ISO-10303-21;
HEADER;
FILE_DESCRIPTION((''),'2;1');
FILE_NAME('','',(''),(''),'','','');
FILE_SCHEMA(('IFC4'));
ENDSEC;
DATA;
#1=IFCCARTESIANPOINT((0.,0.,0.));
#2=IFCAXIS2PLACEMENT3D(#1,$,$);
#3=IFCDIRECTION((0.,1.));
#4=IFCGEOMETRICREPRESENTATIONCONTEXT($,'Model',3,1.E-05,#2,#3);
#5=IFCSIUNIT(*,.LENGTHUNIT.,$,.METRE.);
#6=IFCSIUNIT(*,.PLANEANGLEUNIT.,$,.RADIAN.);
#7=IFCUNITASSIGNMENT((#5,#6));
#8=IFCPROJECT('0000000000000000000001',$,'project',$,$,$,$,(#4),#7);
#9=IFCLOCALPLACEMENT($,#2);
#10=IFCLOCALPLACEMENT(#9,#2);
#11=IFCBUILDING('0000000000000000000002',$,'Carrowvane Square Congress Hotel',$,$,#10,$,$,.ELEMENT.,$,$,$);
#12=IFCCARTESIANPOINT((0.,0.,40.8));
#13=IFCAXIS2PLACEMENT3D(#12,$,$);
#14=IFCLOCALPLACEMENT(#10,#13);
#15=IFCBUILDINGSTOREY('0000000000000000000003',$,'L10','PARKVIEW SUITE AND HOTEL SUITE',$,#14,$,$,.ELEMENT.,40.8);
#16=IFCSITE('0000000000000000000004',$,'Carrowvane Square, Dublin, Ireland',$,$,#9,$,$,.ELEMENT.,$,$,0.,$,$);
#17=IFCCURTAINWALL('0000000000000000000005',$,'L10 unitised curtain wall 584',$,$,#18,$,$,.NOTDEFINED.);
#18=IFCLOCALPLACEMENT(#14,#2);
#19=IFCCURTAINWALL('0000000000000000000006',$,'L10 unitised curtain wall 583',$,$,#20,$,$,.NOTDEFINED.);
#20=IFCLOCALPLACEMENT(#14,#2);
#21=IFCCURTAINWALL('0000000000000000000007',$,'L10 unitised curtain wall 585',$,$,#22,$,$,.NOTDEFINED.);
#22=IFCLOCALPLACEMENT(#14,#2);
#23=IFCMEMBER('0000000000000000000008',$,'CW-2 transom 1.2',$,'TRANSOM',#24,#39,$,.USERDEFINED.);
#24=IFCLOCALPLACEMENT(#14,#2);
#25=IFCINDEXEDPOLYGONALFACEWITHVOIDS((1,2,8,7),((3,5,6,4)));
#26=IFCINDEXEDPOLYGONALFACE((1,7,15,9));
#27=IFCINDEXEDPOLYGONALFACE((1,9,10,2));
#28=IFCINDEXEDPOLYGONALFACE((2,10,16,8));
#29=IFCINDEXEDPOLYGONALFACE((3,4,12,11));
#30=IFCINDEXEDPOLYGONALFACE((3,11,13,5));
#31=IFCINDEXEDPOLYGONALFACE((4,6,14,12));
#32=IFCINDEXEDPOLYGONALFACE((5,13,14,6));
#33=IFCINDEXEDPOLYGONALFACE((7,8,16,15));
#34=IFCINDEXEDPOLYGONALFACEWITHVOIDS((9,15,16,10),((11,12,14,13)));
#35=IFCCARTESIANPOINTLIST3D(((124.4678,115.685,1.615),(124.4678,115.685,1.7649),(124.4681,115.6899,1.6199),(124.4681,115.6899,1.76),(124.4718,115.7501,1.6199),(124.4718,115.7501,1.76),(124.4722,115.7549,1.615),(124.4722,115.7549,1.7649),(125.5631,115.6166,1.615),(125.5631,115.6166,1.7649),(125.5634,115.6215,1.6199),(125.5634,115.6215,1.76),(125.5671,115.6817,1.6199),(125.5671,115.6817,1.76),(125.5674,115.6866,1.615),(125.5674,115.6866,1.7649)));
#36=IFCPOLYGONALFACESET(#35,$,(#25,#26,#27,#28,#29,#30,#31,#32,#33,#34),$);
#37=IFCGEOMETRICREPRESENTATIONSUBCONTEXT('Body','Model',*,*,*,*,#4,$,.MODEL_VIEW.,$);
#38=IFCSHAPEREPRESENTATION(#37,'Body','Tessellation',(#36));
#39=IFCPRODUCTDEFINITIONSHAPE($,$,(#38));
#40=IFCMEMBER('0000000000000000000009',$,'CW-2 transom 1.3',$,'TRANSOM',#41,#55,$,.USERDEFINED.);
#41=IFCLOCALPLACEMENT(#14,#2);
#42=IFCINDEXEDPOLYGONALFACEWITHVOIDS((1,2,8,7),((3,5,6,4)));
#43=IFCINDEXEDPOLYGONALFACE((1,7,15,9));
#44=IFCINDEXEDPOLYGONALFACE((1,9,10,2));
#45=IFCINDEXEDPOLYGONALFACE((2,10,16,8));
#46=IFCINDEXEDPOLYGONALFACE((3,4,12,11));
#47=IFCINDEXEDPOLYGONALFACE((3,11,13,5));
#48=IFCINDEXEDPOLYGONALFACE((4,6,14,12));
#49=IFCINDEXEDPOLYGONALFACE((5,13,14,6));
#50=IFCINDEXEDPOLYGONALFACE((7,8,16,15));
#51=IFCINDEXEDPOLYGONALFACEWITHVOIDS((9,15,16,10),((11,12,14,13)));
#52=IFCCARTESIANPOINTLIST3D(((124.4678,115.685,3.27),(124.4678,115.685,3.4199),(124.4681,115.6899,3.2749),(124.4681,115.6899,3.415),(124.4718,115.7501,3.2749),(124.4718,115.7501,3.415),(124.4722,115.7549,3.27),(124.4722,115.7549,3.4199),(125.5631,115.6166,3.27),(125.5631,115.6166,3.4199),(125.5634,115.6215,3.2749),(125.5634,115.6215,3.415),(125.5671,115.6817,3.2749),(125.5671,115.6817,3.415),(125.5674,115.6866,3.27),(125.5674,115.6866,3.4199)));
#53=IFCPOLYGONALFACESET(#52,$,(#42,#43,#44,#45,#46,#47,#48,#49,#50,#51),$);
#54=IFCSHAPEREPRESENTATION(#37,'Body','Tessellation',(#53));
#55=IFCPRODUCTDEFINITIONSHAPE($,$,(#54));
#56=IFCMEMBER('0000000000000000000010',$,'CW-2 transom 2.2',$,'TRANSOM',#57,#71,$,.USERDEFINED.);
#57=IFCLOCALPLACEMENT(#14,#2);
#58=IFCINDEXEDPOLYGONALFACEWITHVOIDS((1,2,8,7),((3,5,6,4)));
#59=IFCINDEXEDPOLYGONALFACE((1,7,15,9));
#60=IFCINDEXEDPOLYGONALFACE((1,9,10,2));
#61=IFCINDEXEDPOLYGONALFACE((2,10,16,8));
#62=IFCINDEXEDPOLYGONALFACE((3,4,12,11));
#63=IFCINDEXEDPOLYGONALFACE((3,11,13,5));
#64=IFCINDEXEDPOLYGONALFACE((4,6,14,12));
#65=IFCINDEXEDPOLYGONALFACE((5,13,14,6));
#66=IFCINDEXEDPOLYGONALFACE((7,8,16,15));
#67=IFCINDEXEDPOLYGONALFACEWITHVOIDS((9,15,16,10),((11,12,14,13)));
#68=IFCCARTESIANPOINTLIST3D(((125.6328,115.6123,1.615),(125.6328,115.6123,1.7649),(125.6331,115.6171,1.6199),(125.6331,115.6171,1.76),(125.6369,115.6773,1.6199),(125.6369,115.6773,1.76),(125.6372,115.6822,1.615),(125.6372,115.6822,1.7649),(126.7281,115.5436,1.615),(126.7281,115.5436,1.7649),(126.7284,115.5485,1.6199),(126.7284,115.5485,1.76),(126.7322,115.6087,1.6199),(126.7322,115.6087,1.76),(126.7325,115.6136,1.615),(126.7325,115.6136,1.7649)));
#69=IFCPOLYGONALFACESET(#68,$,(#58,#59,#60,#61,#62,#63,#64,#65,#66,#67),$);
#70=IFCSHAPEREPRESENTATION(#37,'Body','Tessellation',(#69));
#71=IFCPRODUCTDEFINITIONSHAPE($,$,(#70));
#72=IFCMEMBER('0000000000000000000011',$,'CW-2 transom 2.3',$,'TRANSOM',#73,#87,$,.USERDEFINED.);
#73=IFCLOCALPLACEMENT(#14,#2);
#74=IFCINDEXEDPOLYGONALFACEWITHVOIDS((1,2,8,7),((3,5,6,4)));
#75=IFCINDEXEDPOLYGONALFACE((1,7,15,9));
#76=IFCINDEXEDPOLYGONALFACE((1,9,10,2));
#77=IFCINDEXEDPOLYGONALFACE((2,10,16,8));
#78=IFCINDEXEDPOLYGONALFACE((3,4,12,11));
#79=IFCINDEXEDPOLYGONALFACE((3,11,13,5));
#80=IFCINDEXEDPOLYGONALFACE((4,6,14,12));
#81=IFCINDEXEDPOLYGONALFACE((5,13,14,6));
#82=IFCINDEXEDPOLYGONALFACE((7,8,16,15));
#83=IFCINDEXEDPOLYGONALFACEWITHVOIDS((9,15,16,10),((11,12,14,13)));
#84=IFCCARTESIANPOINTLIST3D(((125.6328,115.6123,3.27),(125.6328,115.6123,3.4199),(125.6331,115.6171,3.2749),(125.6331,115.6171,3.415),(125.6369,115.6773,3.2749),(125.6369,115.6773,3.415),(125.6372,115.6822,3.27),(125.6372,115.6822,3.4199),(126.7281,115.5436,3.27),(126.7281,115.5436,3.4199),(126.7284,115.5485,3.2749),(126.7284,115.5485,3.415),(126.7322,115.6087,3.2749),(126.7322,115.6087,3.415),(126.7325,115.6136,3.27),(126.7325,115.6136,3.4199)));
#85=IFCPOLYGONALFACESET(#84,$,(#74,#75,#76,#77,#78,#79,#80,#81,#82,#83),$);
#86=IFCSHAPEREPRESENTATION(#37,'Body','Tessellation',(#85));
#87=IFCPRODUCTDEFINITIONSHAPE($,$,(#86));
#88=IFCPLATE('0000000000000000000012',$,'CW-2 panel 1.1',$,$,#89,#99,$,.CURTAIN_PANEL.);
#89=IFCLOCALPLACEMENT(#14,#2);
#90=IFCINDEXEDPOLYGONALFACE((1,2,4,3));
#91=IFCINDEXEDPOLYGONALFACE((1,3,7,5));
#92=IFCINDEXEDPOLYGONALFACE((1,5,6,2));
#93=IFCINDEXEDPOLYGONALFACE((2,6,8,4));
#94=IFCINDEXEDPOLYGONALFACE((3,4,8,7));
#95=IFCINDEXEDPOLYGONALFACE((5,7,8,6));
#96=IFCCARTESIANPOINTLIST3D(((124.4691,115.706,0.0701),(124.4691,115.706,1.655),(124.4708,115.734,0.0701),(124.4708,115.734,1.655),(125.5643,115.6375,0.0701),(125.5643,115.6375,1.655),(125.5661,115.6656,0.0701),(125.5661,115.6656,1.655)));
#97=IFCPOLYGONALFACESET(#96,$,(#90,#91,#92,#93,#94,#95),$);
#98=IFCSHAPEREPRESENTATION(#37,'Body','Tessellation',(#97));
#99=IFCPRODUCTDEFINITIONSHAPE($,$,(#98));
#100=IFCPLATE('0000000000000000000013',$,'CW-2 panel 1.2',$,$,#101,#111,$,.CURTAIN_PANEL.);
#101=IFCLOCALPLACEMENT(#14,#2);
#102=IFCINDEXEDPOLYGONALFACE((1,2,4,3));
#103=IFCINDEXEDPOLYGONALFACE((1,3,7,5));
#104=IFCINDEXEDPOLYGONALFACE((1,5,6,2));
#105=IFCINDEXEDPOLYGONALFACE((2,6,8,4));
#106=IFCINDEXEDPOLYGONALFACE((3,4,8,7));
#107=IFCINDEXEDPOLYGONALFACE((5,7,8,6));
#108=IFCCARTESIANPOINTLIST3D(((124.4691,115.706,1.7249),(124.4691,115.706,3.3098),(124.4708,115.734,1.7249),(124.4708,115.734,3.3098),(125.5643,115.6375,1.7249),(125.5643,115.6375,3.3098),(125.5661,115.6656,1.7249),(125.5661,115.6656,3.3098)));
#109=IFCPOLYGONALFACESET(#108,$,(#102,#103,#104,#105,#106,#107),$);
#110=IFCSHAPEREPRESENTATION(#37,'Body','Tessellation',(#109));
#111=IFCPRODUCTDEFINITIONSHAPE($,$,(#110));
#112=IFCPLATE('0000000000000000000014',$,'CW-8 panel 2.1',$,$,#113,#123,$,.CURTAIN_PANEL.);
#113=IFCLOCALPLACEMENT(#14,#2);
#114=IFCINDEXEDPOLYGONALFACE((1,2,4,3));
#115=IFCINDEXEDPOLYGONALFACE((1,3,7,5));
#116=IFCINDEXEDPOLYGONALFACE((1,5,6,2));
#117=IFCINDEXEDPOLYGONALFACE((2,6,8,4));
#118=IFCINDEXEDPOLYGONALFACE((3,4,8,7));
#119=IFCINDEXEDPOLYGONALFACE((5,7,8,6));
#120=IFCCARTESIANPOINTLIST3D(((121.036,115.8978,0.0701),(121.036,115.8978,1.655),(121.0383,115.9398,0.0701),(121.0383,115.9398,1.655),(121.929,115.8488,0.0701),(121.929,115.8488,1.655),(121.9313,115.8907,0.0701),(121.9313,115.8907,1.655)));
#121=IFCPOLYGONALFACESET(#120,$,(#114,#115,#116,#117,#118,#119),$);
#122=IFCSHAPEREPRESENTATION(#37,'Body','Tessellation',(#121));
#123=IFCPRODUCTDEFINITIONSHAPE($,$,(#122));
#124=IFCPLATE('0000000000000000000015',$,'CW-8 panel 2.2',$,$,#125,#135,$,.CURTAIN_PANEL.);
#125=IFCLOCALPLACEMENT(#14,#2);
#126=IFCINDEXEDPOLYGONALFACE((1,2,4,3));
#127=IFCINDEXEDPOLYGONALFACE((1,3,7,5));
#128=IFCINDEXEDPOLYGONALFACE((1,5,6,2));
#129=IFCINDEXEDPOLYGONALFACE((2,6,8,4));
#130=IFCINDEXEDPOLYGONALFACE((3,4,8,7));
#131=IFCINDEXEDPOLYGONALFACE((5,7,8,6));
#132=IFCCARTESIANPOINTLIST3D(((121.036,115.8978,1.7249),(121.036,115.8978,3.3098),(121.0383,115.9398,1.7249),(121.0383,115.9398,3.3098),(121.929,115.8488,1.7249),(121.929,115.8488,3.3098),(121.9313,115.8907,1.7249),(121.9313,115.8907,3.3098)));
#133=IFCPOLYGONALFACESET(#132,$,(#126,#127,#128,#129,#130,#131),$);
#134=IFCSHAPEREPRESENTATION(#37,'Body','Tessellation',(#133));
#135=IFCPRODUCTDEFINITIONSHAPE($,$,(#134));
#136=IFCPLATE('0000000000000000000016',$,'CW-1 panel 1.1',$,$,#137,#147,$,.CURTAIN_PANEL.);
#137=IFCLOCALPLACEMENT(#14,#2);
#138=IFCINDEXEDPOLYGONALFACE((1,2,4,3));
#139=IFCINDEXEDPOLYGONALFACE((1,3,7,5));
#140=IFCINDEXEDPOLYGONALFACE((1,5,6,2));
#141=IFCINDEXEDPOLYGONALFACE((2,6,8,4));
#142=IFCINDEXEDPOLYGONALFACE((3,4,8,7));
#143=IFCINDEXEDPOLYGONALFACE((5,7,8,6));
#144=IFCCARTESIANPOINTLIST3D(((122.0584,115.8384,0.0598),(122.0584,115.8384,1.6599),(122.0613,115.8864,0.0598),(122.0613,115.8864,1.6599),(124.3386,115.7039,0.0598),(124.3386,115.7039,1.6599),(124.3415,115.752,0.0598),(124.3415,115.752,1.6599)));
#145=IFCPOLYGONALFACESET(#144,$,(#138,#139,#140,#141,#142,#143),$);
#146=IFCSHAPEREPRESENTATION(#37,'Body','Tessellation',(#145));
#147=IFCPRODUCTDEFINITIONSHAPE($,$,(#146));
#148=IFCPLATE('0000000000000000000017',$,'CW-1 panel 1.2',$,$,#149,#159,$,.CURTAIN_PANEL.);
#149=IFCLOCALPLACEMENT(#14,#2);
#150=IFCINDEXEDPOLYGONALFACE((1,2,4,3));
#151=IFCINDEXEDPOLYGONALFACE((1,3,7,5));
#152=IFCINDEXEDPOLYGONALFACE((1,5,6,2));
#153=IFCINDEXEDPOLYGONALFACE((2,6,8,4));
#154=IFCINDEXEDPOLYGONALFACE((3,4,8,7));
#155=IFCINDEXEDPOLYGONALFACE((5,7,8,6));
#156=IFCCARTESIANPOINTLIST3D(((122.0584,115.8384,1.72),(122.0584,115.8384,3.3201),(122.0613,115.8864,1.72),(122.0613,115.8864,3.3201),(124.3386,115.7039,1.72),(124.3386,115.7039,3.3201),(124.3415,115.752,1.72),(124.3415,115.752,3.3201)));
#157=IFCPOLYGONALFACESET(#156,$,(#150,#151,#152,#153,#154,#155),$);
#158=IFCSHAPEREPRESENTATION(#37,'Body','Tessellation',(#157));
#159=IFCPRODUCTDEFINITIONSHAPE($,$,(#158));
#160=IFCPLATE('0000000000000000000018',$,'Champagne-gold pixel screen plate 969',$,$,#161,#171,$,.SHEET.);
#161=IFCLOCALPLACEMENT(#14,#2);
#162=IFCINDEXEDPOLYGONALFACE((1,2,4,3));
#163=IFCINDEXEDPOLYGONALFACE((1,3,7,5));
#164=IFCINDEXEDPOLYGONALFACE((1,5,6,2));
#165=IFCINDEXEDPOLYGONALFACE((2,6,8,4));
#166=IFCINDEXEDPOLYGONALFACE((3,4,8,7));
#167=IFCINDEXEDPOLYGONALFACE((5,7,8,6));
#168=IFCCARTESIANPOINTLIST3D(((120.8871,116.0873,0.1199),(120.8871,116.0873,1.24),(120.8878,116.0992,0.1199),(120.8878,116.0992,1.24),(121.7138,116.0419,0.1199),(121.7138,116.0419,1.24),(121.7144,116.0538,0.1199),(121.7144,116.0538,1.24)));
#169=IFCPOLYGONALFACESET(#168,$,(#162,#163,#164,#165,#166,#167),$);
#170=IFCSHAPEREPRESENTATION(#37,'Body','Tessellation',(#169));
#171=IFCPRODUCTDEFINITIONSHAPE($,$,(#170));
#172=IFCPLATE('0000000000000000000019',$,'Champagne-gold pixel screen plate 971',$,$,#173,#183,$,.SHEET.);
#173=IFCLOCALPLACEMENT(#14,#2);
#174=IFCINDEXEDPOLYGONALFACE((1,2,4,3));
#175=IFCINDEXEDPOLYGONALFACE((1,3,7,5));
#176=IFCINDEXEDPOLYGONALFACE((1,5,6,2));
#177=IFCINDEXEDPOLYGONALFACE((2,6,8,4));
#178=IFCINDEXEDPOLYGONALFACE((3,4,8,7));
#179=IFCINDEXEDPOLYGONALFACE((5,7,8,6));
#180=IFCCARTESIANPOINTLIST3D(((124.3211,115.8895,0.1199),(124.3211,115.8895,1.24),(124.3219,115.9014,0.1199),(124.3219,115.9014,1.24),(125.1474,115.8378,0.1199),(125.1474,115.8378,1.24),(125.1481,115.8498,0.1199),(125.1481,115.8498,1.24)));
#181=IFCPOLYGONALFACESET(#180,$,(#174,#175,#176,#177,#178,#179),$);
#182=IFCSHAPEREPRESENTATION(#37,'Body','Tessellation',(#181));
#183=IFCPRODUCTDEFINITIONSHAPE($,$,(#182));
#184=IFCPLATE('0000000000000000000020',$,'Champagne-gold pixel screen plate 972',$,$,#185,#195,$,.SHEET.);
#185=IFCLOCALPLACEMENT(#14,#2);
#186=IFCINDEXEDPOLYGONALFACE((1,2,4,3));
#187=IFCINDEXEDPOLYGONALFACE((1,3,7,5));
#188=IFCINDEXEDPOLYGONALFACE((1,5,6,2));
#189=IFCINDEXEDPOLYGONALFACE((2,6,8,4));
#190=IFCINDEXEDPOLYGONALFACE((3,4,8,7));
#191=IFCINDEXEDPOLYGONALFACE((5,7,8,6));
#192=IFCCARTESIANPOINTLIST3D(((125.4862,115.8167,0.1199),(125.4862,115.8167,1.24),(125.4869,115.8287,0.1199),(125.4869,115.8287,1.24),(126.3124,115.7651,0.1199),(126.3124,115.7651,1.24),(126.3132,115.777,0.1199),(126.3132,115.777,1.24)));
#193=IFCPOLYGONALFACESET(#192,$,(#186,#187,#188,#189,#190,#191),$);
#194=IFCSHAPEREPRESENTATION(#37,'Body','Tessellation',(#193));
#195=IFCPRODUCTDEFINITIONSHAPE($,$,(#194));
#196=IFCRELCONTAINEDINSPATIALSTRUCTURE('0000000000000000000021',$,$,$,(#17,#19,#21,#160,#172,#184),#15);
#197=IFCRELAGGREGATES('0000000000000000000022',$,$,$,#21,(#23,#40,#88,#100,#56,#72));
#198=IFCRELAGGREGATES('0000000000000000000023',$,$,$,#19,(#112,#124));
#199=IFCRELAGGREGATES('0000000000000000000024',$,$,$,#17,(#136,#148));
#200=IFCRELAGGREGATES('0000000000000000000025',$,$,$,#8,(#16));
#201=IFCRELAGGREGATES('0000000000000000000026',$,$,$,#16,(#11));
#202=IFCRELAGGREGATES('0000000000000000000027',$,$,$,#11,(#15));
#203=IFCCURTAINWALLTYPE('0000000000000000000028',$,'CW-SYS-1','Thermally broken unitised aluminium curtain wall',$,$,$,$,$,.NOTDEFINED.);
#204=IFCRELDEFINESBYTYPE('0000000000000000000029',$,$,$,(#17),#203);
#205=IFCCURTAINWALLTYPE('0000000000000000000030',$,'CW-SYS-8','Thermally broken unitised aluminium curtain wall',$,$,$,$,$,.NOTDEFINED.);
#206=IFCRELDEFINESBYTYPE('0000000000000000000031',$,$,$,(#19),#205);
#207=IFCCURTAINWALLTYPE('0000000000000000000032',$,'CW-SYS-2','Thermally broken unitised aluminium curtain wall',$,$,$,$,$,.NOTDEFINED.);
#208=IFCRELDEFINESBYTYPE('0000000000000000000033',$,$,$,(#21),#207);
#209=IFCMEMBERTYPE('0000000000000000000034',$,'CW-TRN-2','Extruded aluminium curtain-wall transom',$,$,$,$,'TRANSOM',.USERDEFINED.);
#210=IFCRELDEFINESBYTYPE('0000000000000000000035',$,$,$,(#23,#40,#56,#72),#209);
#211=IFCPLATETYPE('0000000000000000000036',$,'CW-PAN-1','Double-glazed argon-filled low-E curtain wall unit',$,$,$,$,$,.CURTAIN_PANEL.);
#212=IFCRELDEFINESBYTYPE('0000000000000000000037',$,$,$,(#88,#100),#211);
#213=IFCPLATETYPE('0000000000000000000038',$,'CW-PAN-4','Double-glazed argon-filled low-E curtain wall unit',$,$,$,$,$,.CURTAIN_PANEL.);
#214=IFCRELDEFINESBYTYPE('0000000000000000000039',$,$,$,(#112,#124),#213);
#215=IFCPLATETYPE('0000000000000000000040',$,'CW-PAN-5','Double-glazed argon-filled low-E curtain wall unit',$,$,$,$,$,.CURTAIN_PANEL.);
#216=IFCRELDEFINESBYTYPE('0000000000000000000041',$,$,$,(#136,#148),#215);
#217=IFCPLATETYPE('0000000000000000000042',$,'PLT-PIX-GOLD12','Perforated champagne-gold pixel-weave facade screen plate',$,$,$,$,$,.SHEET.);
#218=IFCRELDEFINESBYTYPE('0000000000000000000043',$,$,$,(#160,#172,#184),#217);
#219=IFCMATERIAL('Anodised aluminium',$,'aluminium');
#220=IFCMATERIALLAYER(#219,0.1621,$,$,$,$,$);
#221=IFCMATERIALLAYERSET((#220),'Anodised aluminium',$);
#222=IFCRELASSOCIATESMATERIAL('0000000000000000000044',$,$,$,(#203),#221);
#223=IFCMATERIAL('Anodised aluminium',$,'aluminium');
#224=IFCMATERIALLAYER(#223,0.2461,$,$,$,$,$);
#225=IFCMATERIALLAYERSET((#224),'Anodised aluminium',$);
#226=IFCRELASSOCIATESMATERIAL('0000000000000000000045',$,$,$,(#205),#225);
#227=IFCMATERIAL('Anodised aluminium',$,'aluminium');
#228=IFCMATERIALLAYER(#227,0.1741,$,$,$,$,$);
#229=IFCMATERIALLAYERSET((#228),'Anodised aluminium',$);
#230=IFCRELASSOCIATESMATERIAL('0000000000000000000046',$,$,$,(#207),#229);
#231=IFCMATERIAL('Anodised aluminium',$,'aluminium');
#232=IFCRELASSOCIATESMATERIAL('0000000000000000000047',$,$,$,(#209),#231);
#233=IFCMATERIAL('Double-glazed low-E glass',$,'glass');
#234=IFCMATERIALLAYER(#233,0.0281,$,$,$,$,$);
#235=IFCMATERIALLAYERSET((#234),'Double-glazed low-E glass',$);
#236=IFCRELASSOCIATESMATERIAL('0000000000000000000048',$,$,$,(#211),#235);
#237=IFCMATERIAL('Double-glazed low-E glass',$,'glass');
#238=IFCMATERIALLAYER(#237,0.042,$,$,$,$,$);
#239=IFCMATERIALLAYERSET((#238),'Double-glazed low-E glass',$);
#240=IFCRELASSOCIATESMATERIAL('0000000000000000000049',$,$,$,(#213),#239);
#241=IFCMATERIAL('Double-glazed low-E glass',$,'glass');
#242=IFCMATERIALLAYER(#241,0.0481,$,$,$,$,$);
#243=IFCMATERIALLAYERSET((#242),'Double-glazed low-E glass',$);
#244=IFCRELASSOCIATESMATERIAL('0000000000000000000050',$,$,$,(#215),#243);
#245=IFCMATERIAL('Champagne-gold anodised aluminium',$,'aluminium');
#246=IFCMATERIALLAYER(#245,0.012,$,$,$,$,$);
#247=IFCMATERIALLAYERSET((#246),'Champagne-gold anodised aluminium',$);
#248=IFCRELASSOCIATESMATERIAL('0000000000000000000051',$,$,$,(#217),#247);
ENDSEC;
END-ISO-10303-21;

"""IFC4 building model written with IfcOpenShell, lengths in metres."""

from ifc_helpers import new_model, si_unit, direction, frame, origin, origin_2d, place, context, subcontext, project, spatial, rectangle, hollow_rectangle, extrude, material, layer, layer_set, material_profile, profile_set, type_object, element, aggregate, save


model = new_model("IFC4")

# Units and contexts
model_context = context("Model", 3, precision=1e-05, world=origin(), true_north=direction((0.0, 1.0)))
body_context = subcontext(model_context, "Body", "Model", "MODEL_VIEW")
ifc_project = project(units=[si_unit("LENGTHUNIT", "METRE"), si_unit("PLANEANGLEUNIT", "RADIAN")], contexts=[model_context])

# Site, building, storey
site_placement = place(None, origin())
site = spatial("IfcSite", under=ifc_project, at=site_placement, Name="Carrowvane Square, Dublin, Ireland", CompositionType="ELEMENT", RefElevation=0.0)
building_placement = place(site_placement, origin())
building = spatial("IfcBuilding", under=site, at=building_placement, Name="Carrowvane Square Congress Hotel", CompositionType="ELEMENT")
storey_placement = place(building_placement, frame((0.0, 0.0, 40.8)))
storey = spatial("IfcBuildingStorey", under=building, at=storey_placement, Name="L10", Description="PARKVIEW SUITE AND HOTEL SUITE", CompositionType="ELEMENT", Elevation=40.8)

# Curtain wall
ifc_material_1 = material(Name="Anodised aluminium", Category="aluminium")
ifc_layer_1 = layer(ifc_material_1, 0.1621)
ifc_layer_set_1 = layer_set([ifc_layer_1], Name="Anodised aluminium")
curtain_wall_type_1 = type_object("IfcCurtainWallType", Name="CW-SYS-1", Description="Thermally broken unitised aluminium curtain wall", PredefinedType="NOTDEFINED", material=ifc_layer_set_1)
curtain_wall_1_placement = place(storey_placement, origin())
curtain_wall_1 = element("IfcCurtainWall", 1, at=curtain_wall_1_placement, inside=storey, type_object=curtain_wall_type_1, Name="L10 unitised curtain wall 584", PredefinedType="NOTDEFINED")

# Curtain wall
ifc_material_2 = material(Name="Anodised aluminium", Category="aluminium")
ifc_layer_2 = layer(ifc_material_2, 0.2461)
ifc_layer_set_2 = layer_set([ifc_layer_2], Name="Anodised aluminium")
curtain_wall_type_2 = type_object("IfcCurtainWallType", Name="CW-SYS-8", Description="Thermally broken unitised aluminium curtain wall", PredefinedType="NOTDEFINED", material=ifc_layer_set_2)
curtain_wall_2_placement = place(storey_placement, origin())
curtain_wall_2 = element("IfcCurtainWall", 2, at=curtain_wall_2_placement, inside=storey, type_object=curtain_wall_type_2, Name="L10 unitised curtain wall 583", PredefinedType="NOTDEFINED")

# Curtain wall
ifc_material_3 = material(Name="Anodised aluminium", Category="aluminium")
ifc_layer_3 = layer(ifc_material_3, 0.1741)
ifc_layer_set_3 = layer_set([ifc_layer_3], Name="Anodised aluminium")
curtain_wall_type_3 = type_object("IfcCurtainWallType", Name="CW-SYS-2", Description="Thermally broken unitised aluminium curtain wall", PredefinedType="NOTDEFINED", material=ifc_layer_set_3)
curtain_wall_3_placement = place(storey_placement, origin())
curtain_wall_3 = element("IfcCurtainWall", 3, at=curtain_wall_3_placement, inside=storey, type_object=curtain_wall_type_3, Name="L10 unitised curtain wall 585", PredefinedType="NOTDEFINED")

# Members
ifc_material_4 = material(Name="Anodised aluminium", Category="aluminium")
ifc_material_profile_1 = material_profile(ifc_material_4, hollow_rectangle(XDim=0.0701, YDim=0.1499, WallThickness=0.0049, at=origin_2d()), Name="CW-TR 70x150x5")
ifc_profile_set_1 = profile_set([ifc_material_profile_1], Name="Anodised aluminium")
member_type_1 = type_object("IfcMemberType", Name="CW-TRN-2", Description="Extruded aluminium curtain-wall transom", ElementType="TRANSOM", PredefinedType="USERDEFINED", material=ifc_profile_set_1)
member_1_placement = place(storey_placement, frame((124.47, 115.72, 1.6899), z_axis=(0.998058, -0.062295, 0.0), x_axis=(0.062295, 0.998058, 0.0)))
member_1 = element("IfcMember", 4, at=member_1_placement, type_object=member_type_1, Name="CW-2 transom 1.2", ObjectType="TRANSOM", PredefinedType="USERDEFINED", context=body_context, shape_type="SweptSolid", body=[
    extrude(hollow_rectangle(XDim=0.0701, YDim=0.1499, WallThickness=0.0049, at=origin_2d()), origin(), (0.0, 0.0, 1.0), 1.0974),
])
member_2_placement = place(storey_placement, frame((124.47, 115.72, 3.345), z_axis=(0.998058, -0.062295, 0.0), x_axis=(0.062295, 0.998058, 0.0)))
member_2 = element("IfcMember", 5, at=member_2_placement, type_object=member_type_1, Name="CW-2 transom 1.3", ObjectType="TRANSOM", PredefinedType="USERDEFINED", context=body_context, shape_type="SweptSolid", body=[
    extrude(hollow_rectangle(XDim=0.0701, YDim=0.1499, WallThickness=0.0049, at=origin_2d()), origin(), (0.0, 0.0, 1.0), 1.0974),
])
member_3_placement = place(storey_placement, frame((125.635, 115.6472, 1.6899), z_axis=(0.998044, -0.062517, 0.0), x_axis=(0.062517, 0.998044, 0.0)))
member_3 = element("IfcMember", 6, at=member_3_placement, type_object=member_type_1, Name="CW-2 transom 2.2", ObjectType="TRANSOM", PredefinedType="USERDEFINED", context=body_context, shape_type="SweptSolid", body=[
    extrude(hollow_rectangle(XDim=0.0701, YDim=0.1499, WallThickness=0.0049, at=origin_2d()), origin(), (0.0, 0.0, 1.0), 1.0974),
])
member_4_placement = place(storey_placement, frame((125.635, 115.6472, 3.345), z_axis=(0.998044, -0.062517, 0.0), x_axis=(0.062517, 0.998044, 0.0)))
member_4 = element("IfcMember", 7, at=member_4_placement, type_object=member_type_1, Name="CW-2 transom 2.3", ObjectType="TRANSOM", PredefinedType="USERDEFINED", context=body_context, shape_type="SweptSolid", body=[
    extrude(hollow_rectangle(XDim=0.0701, YDim=0.1499, WallThickness=0.0049, at=origin_2d()), origin(), (0.0, 0.0, 1.0), 1.0974),
])

# Plates
ifc_material_5 = material(Name="Double-glazed low-E glass", Category="glass")
ifc_layer_4 = layer(ifc_material_5, 0.0281)
ifc_layer_set_4 = layer_set([ifc_layer_4], Name="Double-glazed low-E glass")
plate_type_1 = type_object("IfcPlateType", Name="CW-PAN-1", Description="Double-glazed argon-filled low-E curtain wall unit", PredefinedType="CURTAIN_PANEL", material=ifc_layer_set_4)
plate_1_placement = place(storey_placement, frame((125.0176, 115.6858, 0.0701), z_axis=(0.0, 0.0, 1.0), x_axis=(0.998051, -0.062399, 0.0)))
plate_1 = element("IfcPlate", 8, at=plate_1_placement, type_object=plate_type_1, Name="CW-2 panel 1.1", PredefinedType="CURTAIN_PANEL", context=body_context, shape_type="SweptSolid", body=[
    extrude(rectangle(XDim=1.0974, YDim=0.0281, at=origin_2d()), origin(), (0.0, 0.0, 1.0), 1.585),
])
plate_2_placement = place(storey_placement, frame((125.0176, 115.6858, 1.7249), z_axis=(0.0, 0.0, 1.0), x_axis=(0.998051, -0.062399, 0.0)))
plate_2 = element("IfcPlate", 9, at=plate_2_placement, type_object=plate_type_1, Name="CW-2 panel 1.2", PredefinedType="CURTAIN_PANEL", context=body_context, shape_type="SweptSolid", body=[
    extrude(rectangle(XDim=1.0974, YDim=0.0281, at=origin_2d()), origin(), (0.0, 0.0, 1.0), 1.585),
])
aggregate(curtain_wall_3, [member_1, member_2, plate_1, plate_2, member_3, member_4])
ifc_material_6 = material(Name="Double-glazed low-E glass", Category="glass")
ifc_layer_5 = layer(ifc_material_6, 0.042)
ifc_layer_set_5 = layer_set([ifc_layer_5], Name="Double-glazed low-E glass")
plate_type_2 = type_object("IfcPlateType", Name="CW-PAN-4", Description="Double-glazed argon-filled low-E curtain wall unit", PredefinedType="CURTAIN_PANEL", material=ifc_layer_set_5)
plate_3_placement = place(storey_placement, frame((121.4836, 115.8943, 0.0701), z_axis=(0.0, 0.0, 1.0), x_axis=(0.998496, -0.054816, 0.0)))
plate_3 = element("IfcPlate", 10, at=plate_3_placement, type_object=plate_type_2, Name="CW-8 panel 2.1", PredefinedType="CURTAIN_PANEL", context=body_context, shape_type="SweptSolid", body=[
    extrude(rectangle(XDim=0.8943, YDim=0.042, at=origin_2d()), origin(), (0.0, 0.0, 1.0), 1.585),
])
plate_4_placement = place(storey_placement, frame((121.4836, 115.8943, 1.7249), z_axis=(0.0, 0.0, 1.0), x_axis=(0.998496, -0.054816, 0.0)))
plate_4 = element("IfcPlate", 11, at=plate_4_placement, type_object=plate_type_2, Name="CW-8 panel 2.2", PredefinedType="CURTAIN_PANEL", context=body_context, shape_type="SweptSolid", body=[
    extrude(rectangle(XDim=0.8943, YDim=0.042, at=origin_2d()), origin(), (0.0, 0.0, 1.0), 1.585),
])
aggregate(curtain_wall_2, [plate_3, plate_4])
ifc_material_7 = material(Name="Double-glazed low-E glass", Category="glass")
ifc_layer_6 = layer(ifc_material_7, 0.0481)
ifc_layer_set_6 = layer_set([ifc_layer_6], Name="Double-glazed low-E glass")
plate_type_3 = type_object("IfcPlateType", Name="CW-PAN-5", Description="Double-glazed argon-filled low-E curtain wall unit", PredefinedType="CURTAIN_PANEL", material=ifc_layer_set_6)
plate_5_placement = place(storey_placement, frame((123.2, 115.7952, 0.0598), z_axis=(0.0, 0.0, 1.0), x_axis=(0.998267, -0.058851, 0.0)))
plate_5 = element("IfcPlate", 12, at=plate_5_placement, type_object=plate_type_3, Name="CW-1 panel 1.1", PredefinedType="CURTAIN_PANEL", context=body_context, shape_type="SweptSolid", body=[
    extrude(rectangle(XDim=2.2842, YDim=0.0481, at=origin_2d()), origin(), (0.0, 0.0, 1.0), 1.6001),
])
plate_6_placement = place(storey_placement, frame((123.2, 115.7952, 1.72), z_axis=(0.0, 0.0, 1.0), x_axis=(0.998267, -0.058851, 0.0)))
plate_6 = element("IfcPlate", 13, at=plate_6_placement, type_object=plate_type_3, Name="CW-1 panel 1.2", PredefinedType="CURTAIN_PANEL", context=body_context, shape_type="SweptSolid", body=[
    extrude(rectangle(XDim=2.2842, YDim=0.0481, at=origin_2d()), origin(), (0.0, 0.0, 1.0), 1.6001),
])
aggregate(curtain_wall_1, [plate_5, plate_6])

# Plates
ifc_material_8 = material(Name="Champagne-gold anodised aluminium", Category="aluminium")
ifc_layer_7 = layer(ifc_material_8, 0.012)
ifc_layer_set_7 = layer_set([ifc_layer_7], Name="Champagne-gold anodised aluminium")
plate_type_4 = type_object("IfcPlateType", Name="PLT-PIX-GOLD12", Description="Perforated champagne-gold pixel-weave facade screen plate", PredefinedType="SHEET", material=ifc_layer_set_7)
for number, where, z_axis, x_axis, name in (
    (14, (121.3008, 116.0706, 0.1199), (0.0, 0.0, 1.0), (0.998497, -0.054815, 0.0), "Champagne-gold pixel screen plate 969"),
    (15, (124.7346, 115.8696, 0.1199), (0.0, 0.0, 1.0), (0.998051, -0.062397, 0.0), "Champagne-gold pixel screen plate 971"),
    (16, (125.8997, 115.7969, 0.1199), (0.0, 0.0, 1.0), (0.998051, -0.062397, 0.0), "Champagne-gold pixel screen plate 972"),
):
    element("IfcPlate", number, at=place(storey_placement, frame(where, z_axis=z_axis, x_axis=x_axis)), inside=storey, type_object=plate_type_4, Name=name, PredefinedType="SHEET", context=body_context, shape_type="SweptSolid", body=[
        extrude(rectangle(XDim=0.8279, YDim=0.012, at=origin_2d()), origin(), (0.0, 0.0, 1.0), 1.1201),
    ])

save(model, "model.ifc")
